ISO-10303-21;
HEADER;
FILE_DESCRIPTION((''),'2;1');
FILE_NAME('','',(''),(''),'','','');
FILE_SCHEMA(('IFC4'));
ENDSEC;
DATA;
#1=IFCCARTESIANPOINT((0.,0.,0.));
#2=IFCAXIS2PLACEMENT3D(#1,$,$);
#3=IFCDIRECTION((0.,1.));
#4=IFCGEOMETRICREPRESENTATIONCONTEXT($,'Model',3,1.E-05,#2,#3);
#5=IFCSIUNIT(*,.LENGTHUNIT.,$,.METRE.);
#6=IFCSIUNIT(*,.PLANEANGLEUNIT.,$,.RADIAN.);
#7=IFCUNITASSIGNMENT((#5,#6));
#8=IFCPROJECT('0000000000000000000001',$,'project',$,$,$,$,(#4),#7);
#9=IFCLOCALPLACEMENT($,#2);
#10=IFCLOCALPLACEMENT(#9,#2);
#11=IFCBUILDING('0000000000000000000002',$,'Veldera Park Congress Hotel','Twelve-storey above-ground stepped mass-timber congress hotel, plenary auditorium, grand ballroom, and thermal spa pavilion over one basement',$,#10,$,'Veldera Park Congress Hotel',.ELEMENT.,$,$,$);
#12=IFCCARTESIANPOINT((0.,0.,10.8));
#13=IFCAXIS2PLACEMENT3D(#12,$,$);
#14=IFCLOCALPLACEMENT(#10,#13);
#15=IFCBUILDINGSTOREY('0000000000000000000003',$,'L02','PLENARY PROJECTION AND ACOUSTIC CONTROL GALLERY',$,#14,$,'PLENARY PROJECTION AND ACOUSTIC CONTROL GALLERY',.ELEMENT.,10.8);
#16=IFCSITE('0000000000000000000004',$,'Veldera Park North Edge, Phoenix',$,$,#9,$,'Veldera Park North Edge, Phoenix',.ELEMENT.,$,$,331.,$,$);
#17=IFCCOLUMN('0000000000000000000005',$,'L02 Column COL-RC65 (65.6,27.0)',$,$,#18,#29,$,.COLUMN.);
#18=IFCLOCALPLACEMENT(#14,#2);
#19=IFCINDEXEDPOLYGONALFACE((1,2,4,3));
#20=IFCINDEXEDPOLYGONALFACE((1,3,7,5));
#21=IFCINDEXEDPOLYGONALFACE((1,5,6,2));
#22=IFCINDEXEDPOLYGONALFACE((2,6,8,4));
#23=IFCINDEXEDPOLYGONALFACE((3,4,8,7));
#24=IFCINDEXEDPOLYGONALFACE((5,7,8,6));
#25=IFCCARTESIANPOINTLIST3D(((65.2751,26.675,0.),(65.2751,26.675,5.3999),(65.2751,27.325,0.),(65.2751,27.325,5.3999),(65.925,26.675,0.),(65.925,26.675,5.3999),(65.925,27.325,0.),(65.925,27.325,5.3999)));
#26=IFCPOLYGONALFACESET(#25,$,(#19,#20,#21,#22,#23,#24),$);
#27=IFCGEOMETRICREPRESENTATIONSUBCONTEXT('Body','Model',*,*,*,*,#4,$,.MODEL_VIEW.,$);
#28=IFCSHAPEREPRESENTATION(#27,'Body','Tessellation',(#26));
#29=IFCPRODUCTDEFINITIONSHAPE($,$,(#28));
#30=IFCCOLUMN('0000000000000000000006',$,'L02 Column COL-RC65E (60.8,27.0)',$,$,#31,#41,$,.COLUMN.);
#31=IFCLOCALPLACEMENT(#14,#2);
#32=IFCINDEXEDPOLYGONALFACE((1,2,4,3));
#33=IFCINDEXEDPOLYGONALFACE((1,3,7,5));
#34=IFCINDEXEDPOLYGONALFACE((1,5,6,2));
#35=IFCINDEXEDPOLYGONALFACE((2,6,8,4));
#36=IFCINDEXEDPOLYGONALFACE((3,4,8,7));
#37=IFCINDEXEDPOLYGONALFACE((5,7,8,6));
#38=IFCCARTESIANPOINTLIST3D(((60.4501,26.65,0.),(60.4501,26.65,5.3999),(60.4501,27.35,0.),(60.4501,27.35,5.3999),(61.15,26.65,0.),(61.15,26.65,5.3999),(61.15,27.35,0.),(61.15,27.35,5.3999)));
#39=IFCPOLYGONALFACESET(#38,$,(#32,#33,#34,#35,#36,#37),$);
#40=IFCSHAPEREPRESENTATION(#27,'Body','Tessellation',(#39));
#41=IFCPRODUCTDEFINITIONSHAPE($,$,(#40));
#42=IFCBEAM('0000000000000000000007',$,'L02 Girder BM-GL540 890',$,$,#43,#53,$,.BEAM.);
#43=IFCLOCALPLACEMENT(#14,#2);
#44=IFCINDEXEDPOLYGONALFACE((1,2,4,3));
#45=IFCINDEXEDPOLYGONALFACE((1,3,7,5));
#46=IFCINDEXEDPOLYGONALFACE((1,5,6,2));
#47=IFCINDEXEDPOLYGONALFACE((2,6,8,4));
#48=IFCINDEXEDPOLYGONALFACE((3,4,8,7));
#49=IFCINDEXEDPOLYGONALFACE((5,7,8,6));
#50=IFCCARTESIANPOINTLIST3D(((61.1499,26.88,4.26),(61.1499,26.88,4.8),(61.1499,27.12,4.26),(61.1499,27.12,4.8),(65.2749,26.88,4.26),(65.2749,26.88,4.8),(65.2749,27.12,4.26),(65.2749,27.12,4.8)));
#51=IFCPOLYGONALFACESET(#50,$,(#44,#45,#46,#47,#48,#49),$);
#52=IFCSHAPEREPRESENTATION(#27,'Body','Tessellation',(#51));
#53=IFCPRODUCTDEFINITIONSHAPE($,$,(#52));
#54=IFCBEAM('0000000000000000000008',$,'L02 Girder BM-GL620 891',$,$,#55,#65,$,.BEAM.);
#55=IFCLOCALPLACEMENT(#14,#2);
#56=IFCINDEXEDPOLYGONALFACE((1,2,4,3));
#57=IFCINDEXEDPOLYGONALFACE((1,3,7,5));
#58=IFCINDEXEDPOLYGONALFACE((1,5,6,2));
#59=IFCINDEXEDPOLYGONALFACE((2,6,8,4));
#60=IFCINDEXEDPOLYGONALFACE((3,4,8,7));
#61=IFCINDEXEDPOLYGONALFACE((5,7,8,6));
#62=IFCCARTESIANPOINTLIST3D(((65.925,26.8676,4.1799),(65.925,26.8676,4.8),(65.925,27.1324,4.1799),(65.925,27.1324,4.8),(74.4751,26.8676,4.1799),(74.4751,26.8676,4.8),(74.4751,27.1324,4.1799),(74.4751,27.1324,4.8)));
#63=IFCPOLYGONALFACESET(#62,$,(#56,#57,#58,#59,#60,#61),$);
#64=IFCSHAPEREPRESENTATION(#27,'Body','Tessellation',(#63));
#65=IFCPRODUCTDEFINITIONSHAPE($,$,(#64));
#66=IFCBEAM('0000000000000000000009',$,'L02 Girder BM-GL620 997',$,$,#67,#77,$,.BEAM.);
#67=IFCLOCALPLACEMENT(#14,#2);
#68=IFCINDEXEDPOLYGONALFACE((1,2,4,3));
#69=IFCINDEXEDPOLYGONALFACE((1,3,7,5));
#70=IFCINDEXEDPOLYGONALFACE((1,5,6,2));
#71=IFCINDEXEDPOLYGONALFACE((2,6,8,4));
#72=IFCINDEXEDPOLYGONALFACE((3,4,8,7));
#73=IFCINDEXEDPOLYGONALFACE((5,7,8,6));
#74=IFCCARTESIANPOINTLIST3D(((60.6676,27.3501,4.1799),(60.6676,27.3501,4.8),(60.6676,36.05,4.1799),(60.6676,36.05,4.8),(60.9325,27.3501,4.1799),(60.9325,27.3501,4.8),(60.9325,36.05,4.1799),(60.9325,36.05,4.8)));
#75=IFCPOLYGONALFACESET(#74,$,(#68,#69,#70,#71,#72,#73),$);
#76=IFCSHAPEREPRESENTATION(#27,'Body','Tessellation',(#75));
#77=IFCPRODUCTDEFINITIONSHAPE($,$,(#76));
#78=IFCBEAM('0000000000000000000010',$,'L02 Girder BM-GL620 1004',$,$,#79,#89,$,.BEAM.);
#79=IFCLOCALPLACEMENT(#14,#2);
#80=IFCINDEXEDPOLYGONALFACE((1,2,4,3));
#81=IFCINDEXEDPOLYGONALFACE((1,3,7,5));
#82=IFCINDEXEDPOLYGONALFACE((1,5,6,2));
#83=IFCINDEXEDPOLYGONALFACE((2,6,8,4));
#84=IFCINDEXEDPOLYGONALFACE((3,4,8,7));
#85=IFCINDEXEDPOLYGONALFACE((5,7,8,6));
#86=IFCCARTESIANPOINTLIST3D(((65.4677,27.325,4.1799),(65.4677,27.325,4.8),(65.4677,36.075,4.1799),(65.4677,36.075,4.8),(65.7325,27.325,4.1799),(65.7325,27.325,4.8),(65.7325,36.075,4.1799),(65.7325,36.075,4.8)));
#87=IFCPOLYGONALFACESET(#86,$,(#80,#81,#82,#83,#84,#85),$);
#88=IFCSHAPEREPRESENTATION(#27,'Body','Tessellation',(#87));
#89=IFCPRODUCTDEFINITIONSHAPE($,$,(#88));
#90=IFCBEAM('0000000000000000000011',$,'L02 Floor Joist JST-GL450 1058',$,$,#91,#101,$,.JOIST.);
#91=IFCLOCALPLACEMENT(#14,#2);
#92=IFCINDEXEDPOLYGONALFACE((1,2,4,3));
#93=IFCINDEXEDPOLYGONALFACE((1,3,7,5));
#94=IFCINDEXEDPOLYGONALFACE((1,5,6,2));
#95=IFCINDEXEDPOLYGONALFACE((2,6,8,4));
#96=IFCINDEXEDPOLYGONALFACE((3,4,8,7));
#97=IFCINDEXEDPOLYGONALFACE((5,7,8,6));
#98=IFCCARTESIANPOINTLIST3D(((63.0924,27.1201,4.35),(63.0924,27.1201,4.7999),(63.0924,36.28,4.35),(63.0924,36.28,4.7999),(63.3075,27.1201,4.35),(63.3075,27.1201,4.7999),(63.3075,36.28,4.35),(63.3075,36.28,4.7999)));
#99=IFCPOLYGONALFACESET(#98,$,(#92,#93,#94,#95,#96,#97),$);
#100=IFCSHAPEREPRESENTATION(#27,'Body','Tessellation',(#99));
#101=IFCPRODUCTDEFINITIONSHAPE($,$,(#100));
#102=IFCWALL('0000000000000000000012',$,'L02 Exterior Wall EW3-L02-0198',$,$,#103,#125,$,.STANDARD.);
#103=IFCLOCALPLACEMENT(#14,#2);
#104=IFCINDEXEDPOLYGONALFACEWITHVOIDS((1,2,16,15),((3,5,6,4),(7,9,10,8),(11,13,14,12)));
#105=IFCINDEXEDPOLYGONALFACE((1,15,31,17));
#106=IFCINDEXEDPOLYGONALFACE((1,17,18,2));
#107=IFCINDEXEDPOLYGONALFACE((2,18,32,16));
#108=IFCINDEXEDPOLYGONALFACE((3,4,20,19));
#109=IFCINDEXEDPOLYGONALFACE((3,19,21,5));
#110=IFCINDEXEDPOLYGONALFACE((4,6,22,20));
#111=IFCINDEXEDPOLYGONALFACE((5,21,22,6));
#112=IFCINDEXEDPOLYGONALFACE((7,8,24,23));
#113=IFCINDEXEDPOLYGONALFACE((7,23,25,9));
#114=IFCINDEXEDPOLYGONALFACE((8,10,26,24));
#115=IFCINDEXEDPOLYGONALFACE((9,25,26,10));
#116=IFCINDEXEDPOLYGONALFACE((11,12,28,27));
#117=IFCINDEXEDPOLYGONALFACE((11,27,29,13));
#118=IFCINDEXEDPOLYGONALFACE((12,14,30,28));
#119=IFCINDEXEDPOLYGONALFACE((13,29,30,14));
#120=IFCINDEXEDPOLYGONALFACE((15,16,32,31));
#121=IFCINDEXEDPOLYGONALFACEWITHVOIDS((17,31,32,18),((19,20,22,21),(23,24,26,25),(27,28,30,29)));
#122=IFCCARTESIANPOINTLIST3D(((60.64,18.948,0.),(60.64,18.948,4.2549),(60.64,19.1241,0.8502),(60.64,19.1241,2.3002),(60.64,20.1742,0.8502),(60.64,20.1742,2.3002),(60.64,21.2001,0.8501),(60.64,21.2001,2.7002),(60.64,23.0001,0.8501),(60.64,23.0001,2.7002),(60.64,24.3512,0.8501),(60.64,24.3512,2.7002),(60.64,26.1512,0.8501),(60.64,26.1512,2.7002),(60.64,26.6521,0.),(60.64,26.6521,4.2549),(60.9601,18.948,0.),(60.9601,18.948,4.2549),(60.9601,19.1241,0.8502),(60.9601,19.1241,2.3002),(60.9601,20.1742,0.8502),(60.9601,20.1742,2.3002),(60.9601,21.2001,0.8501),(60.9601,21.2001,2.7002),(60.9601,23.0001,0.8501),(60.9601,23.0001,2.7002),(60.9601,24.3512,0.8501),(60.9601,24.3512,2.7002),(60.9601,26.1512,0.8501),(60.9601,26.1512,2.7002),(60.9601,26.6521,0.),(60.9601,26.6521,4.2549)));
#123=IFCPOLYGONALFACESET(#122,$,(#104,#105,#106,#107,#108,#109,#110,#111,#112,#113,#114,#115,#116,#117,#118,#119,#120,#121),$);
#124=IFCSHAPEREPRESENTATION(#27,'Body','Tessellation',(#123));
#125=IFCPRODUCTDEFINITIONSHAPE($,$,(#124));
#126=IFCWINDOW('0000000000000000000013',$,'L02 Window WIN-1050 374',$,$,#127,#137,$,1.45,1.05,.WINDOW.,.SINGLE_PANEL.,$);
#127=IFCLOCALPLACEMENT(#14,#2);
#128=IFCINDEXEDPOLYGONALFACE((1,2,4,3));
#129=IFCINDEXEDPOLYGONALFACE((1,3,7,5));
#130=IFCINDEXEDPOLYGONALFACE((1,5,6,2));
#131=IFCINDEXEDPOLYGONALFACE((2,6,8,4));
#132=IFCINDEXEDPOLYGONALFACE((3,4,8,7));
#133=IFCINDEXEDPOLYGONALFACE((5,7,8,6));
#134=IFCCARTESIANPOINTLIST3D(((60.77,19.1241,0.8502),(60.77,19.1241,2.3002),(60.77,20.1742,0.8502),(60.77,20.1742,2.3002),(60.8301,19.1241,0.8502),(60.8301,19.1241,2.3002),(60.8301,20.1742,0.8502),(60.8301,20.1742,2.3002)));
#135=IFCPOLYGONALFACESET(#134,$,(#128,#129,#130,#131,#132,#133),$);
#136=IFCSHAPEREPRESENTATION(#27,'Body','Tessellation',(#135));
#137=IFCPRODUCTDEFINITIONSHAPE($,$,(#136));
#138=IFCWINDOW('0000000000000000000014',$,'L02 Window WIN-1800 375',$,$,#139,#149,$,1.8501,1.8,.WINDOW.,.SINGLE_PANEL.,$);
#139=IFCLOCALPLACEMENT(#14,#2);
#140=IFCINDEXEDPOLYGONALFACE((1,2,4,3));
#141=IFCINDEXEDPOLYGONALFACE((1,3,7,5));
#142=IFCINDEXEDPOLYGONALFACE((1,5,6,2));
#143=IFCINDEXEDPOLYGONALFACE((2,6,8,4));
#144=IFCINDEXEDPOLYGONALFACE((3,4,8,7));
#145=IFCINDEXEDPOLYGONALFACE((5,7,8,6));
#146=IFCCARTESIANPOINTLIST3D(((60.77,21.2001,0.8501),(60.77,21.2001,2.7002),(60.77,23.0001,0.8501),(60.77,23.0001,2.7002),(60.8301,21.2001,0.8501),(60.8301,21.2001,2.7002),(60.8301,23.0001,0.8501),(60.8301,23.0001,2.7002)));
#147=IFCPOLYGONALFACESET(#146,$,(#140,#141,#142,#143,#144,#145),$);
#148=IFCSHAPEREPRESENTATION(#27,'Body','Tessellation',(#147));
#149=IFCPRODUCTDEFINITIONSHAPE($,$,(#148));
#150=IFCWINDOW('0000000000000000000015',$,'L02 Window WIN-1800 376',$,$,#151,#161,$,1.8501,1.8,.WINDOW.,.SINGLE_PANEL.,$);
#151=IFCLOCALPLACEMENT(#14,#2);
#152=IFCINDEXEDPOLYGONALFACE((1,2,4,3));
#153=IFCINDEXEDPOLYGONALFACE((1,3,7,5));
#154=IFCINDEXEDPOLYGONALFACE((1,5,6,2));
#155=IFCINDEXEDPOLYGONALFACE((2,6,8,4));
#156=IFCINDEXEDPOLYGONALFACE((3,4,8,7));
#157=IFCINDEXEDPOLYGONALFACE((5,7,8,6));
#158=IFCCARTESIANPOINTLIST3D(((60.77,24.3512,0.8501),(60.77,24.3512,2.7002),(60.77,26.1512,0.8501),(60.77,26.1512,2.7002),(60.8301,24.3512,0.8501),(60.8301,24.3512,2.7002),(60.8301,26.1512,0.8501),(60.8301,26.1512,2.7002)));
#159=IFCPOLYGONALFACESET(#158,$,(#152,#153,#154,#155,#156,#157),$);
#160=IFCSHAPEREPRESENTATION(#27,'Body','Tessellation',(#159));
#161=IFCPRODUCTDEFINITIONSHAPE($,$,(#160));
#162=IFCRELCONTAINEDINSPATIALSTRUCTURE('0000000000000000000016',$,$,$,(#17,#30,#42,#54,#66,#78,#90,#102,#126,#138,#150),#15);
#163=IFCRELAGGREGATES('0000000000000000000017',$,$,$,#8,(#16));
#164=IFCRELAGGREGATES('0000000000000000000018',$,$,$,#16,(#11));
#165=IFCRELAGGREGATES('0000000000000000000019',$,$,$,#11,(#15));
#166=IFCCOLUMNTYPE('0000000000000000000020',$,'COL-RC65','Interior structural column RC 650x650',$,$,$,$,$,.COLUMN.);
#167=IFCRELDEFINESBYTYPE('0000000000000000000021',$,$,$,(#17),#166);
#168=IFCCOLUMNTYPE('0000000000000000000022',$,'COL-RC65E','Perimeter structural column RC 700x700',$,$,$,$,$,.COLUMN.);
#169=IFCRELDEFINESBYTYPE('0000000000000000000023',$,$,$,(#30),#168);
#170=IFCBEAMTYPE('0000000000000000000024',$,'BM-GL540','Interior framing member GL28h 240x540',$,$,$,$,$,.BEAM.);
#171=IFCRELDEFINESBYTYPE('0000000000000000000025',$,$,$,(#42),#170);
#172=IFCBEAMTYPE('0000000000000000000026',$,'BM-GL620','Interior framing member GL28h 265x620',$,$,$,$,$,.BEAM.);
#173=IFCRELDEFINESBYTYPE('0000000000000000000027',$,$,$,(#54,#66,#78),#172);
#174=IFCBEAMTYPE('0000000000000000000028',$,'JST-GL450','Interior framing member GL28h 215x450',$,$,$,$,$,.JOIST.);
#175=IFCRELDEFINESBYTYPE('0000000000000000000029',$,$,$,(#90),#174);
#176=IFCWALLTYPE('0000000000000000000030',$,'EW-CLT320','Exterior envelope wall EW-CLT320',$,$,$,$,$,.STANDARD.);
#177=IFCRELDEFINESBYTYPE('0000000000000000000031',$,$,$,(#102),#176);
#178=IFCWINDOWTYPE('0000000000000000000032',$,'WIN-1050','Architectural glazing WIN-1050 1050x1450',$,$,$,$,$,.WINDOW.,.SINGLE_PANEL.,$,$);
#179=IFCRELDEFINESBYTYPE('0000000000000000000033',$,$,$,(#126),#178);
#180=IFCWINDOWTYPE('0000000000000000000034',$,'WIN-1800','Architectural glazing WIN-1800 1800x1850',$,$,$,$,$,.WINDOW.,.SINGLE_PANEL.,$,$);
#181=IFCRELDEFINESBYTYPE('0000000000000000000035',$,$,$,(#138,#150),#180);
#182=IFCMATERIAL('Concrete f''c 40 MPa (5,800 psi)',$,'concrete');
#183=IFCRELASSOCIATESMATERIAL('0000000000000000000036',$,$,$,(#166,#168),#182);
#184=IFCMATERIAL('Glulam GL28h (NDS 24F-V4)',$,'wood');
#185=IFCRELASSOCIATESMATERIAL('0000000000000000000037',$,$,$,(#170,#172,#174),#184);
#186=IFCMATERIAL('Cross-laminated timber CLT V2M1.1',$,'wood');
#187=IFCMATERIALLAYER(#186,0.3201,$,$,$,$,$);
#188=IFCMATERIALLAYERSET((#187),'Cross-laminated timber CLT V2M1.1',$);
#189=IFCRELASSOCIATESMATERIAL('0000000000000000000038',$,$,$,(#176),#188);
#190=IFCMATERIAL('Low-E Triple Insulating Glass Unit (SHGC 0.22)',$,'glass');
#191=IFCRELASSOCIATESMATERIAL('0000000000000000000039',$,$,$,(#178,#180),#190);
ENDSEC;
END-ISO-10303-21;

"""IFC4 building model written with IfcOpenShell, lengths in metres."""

from ifc_helpers import new_model, si_unit, direction, frame, frame_2d, origin, origin_2d, place, context, subcontext, project, spatial, rectangle, extrude, material, layer, layer_set, material_profile, profile_set, type_object, element, fill, save


model = new_model("IFC4")

# Units and contexts
model_context = context("Model", 3, precision=1e-05, world=origin(), true_north=direction((0.0, 1.0)))
body_context = subcontext(model_context, "Body", "Model", "MODEL_VIEW")
ifc_project = project(units=[si_unit("LENGTHUNIT", "METRE"), si_unit("PLANEANGLEUNIT", "RADIAN")], contexts=[model_context])

# Site, building, storey
site_placement = place(None, origin())
site = spatial("IfcSite", under=ifc_project, at=site_placement, Name="Veldera Park North Edge, Phoenix", LongName="Veldera Park North Edge, Phoenix", CompositionType="ELEMENT", RefElevation=331.0)
building_placement = place(site_placement, origin())
building = spatial("IfcBuilding", under=site, at=building_placement, Name="Veldera Park Congress Hotel", Description="Twelve-storey above-ground stepped mass-timber congress hotel, plenary auditorium, grand ballroom, and thermal spa pavilion over one basement", LongName="Veldera Park Congress Hotel", CompositionType="ELEMENT")
storey_placement = place(building_placement, frame((0.0, 0.0, 10.8)))
storey = spatial("IfcBuildingStorey", under=building, at=storey_placement, Name="L02", Description="PLENARY PROJECTION AND ACOUSTIC CONTROL GALLERY", LongName="PLENARY PROJECTION AND ACOUSTIC CONTROL GALLERY", CompositionType="ELEMENT", Elevation=10.8)

# Columns
ifc_material_1 = material(Name="Concrete f'c 40 MPa (5,800 psi)", Category="concrete")
ifc_material_profile_1 = material_profile(ifc_material_1, rectangle(XDim=0.6499, YDim=0.6499, at=origin_2d()), Name="RC 650x650")
ifc_profile_set_1 = profile_set([ifc_material_profile_1], Name="Concrete f'c 40 MPa (5,800 psi)")
column_type_1 = type_object("IfcColumnType", Name="COL-RC65", Description="Interior structural column RC 650x650", PredefinedType="COLUMN", material=ifc_profile_set_1)
column_1_placement = place(storey_placement, frame((65.6001, 27.0, 0.0), z_axis=(0.0, 0.0, 1.0), x_axis=(1.0, 0.0, 0.0)))
element("IfcColumn", 1, at=column_1_placement, inside=storey, type_object=column_type_1, Name="L02 Column COL-RC65 (65.6,27.0)", PredefinedType="COLUMN", context=body_context, shape_type="SweptSolid", body=[
    extrude(rectangle(XDim=0.6499, YDim=0.6499, at=origin_2d()), origin(), (0.0, 0.0, 1.0), 5.3999),
])
ifc_material_profile_2 = material_profile(ifc_material_1, rectangle(XDim=0.7, YDim=0.7, at=origin_2d()), Name="RC 700x700")
ifc_profile_set_2 = profile_set([ifc_material_profile_2], Name="Concrete f'c 40 MPa (5,800 psi)")
column_type_2 = type_object("IfcColumnType", Name="COL-RC65E", Description="Perimeter structural column RC 700x700", PredefinedType="COLUMN", material=ifc_profile_set_2)
column_2_placement = place(storey_placement, frame((60.8, 27.0, 0.0), z_axis=(0.0, 0.0, 1.0), x_axis=(1.0, 0.0, 0.0)))
element("IfcColumn", 2, at=column_2_placement, inside=storey, type_object=column_type_2, Name="L02 Column COL-RC65E (60.8,27.0)", PredefinedType="COLUMN", context=body_context, shape_type="SweptSolid", body=[
    extrude(rectangle(XDim=0.7, YDim=0.7, at=origin_2d()), origin(), (0.0, 0.0, 1.0), 5.3999),
])

# Beams
ifc_material_2 = material(Name="Glulam GL28h (NDS 24F-V4)", Category="wood")
ifc_material_profile_3 = material_profile(ifc_material_2, rectangle(XDim=0.24, YDim=0.54, at=origin_2d()), Name="GL28h 240x540")
ifc_profile_set_3 = profile_set([ifc_material_profile_3], Name="Glulam GL28h (NDS 24F-V4)")
beam_type_1 = type_object("IfcBeamType", Name="BM-GL540", Description="Interior framing member GL28h 240x540", PredefinedType="BEAM", material=ifc_profile_set_3)
beam_1_placement = place(storey_placement, frame((61.1499, 27.0, 4.53), z_axis=(1.0, 0.0, 0.0), x_axis=(0.0, 1.0, 0.0)))
element("IfcBeam", 3, at=beam_1_placement, inside=storey, type_object=beam_type_1, Name="L02 Girder BM-GL540 890", PredefinedType="BEAM", context=body_context, shape_type="SweptSolid", body=[
    extrude(rectangle(XDim=0.24, YDim=0.54, at=origin_2d()), origin(), (0.0, 0.0, 1.0), 4.125),
])
ifc_material_profile_4 = material_profile(ifc_material_2, rectangle(XDim=0.2649, YDim=0.6201, at=origin_2d()), Name="GL28h 265x620")
ifc_profile_set_4 = profile_set([ifc_material_profile_4], Name="Glulam GL28h (NDS 24F-V4)")
beam_type_2 = type_object("IfcBeamType", Name="BM-GL620", Description="Interior framing member GL28h 265x620", PredefinedType="BEAM", material=ifc_profile_set_4)
beam_2_placement = place(storey_placement, frame((65.925, 27.0, 4.49), z_axis=(1.0, 0.0, 0.0), x_axis=(0.0, 1.0, 0.0)))
element("IfcBeam", 4, at=beam_2_placement, inside=storey, type_object=beam_type_2, Name="L02 Girder BM-GL620 891", PredefinedType="BEAM", context=body_context, shape_type="SweptSolid", body=[
    extrude(rectangle(XDim=0.2649, YDim=0.6201, at=origin_2d()), origin(), (0.0, 0.0, 1.0), 8.55),
])
beam_3_placement = place(storey_placement, frame((60.8, 27.3501, 4.49), z_axis=(0.0, 1.0, 0.0), x_axis=(-1.0, 0.0, 0.0)))
element("IfcBeam", 5, at=beam_3_placement, inside=storey, type_object=beam_type_2, Name="L02 Girder BM-GL620 997", PredefinedType="BEAM", context=body_context, shape_type="SweptSolid", body=[
    extrude(rectangle(XDim=0.2649, YDim=0.6201, at=origin_2d()), origin(), (0.0, 0.0, 1.0), 8.7),
])
beam_4_placement = place(storey_placement, frame((65.6001, 27.325, 4.49), z_axis=(0.0, 1.0, 0.0), x_axis=(-1.0, 0.0, 0.0)))
element("IfcBeam", 6, at=beam_4_placement, inside=storey, type_object=beam_type_2, Name="L02 Girder BM-GL620 1004", PredefinedType="BEAM", context=body_context, shape_type="SweptSolid", body=[
    extrude(rectangle(XDim=0.2649, YDim=0.6201, at=origin_2d()), origin(), (0.0, 0.0, 1.0), 8.75),
])
ifc_material_profile_5 = material_profile(ifc_material_2, rectangle(XDim=0.2151, YDim=0.45, at=origin_2d()), Name="GL28h 215x450")
ifc_profile_set_5 = profile_set([ifc_material_profile_5], Name="Glulam GL28h (NDS 24F-V4)")
beam_type_3 = type_object("IfcBeamType", Name="JST-GL450", Description="Interior framing member GL28h 215x450", PredefinedType="JOIST", material=ifc_profile_set_5)
beam_5_placement = place(storey_placement, frame((63.2, 27.1201, 4.575), z_axis=(0.0, 1.0, 0.0), x_axis=(-1.0, 0.0, 0.0)))
element("IfcBeam", 7, at=beam_5_placement, inside=storey, type_object=beam_type_3, Name="L02 Floor Joist JST-GL450 1058", PredefinedType="JOIST", context=body_context, shape_type="SweptSolid", body=[
    extrude(rectangle(XDim=0.2151, YDim=0.45, at=origin_2d()), origin(), (0.0, 0.0, 1.0), 9.1599),
])

# Wall, openings, windows
ifc_material_3 = material(Name="Cross-laminated timber CLT V2M1.1", Category="wood")
ifc_layer_1 = layer(ifc_material_3, 0.3201)
ifc_layer_set_1 = layer_set([ifc_layer_1], Name="Cross-laminated timber CLT V2M1.1")
wall_type_1 = type_object("IfcWallType", Name="EW-CLT320", Description="Exterior envelope wall EW-CLT320", PredefinedType="STANDARD", material=ifc_layer_set_1)
wall_1_placement = place(storey_placement, frame((60.8, 26.6521, 0.0), z_axis=(0.0, 0.0, 1.0), x_axis=(0.0, -1.0, 0.0)))
wall_1 = element("IfcWall", 8, at=wall_1_placement, inside=storey, type_object=wall_type_1, Name="L02 Exterior Wall EW3-L02-0198", PredefinedType="STANDARD", context=body_context, shape_type="SweptSolid", body=[
    extrude(rectangle(XDim=7.7041, YDim=0.3201, at=frame_2d((3.8521, 0.0))), origin(), (0.0, 0.0, 1.0), 4.2549),
])
opening_1_placement = place(wall_1_placement, frame((6.478, 0.0, 0.8501)))
opening_1 = element("IfcOpeningElement", 9, at=opening_1_placement, cuts=wall_1, PredefinedType="OPENING", context=body_context, shape_type="SweptSolid", body=[
    extrude(rectangle(XDim=1.05, YDim=1.45, at=frame_2d((0.5249, 0.7251))), frame((0.0, 0.1721, 0.0), z_axis=(0.0, -1.0, 0.0), x_axis=(1.0, 0.0, 0.0)), (0.0, 0.0, 1.0), 0.344),
])
opening_2_placement = place(wall_1_placement, frame((3.6521, 0.0, 0.8501)))
opening_2 = element("IfcOpeningElement", 10, at=opening_2_placement, cuts=wall_1, PredefinedType="OPENING", context=body_context, shape_type="SweptSolid", body=[
    extrude(rectangle(XDim=1.8, YDim=1.8501, at=frame_2d((0.8999, 0.925))), frame((0.0, 0.1721, 0.0), z_axis=(0.0, -1.0, 0.0), x_axis=(1.0, 0.0, 0.0)), (0.0, 0.0, 1.0), 0.344),
])
opening_3_placement = place(wall_1_placement, frame((0.501, 0.0, 0.8501)))
opening_3 = element("IfcOpeningElement", 11, at=opening_3_placement, cuts=wall_1, PredefinedType="OPENING", context=body_context, shape_type="SweptSolid", body=[
    extrude(rectangle(XDim=1.8, YDim=1.8501, at=frame_2d((0.8999, 0.925))), frame((0.0, 0.1721, 0.0), z_axis=(0.0, -1.0, 0.0), x_axis=(1.0, 0.0, 0.0)), (0.0, 0.0, 1.0), 0.344),
])
ifc_material_4 = material(Name="Low-E Triple Insulating Glass Unit (SHGC 0.22)", Category="glass")
window_type_1 = type_object("IfcWindowType", Name="WIN-1050", Description="Architectural glazing WIN-1050 1050x1450", PartitioningType="SINGLE_PANEL", PredefinedType="WINDOW", material=ifc_material_4)
window_1_placement = place(opening_1_placement, origin())
window_1 = element("IfcWindow", 12, at=window_1_placement, inside=storey, type_object=window_type_1, Name="L02 Window WIN-1050 374", OverallHeight=1.45, OverallWidth=1.05, PartitioningType="SINGLE_PANEL", PredefinedType="WINDOW", context=body_context, shape_type="SweptSolid", body=[
    extrude(rectangle(XDim=1.05, YDim=1.45, at=frame_2d((0.5249, 0.7251))), frame((0.0, 0.03, 0.0), z_axis=(0.0, -1.0, 0.0), x_axis=(1.0, 0.0, 0.0)), (0.0, 0.0, 1.0), 0.0601),
])
fill(opening_1, window_1)
window_type_2 = type_object("IfcWindowType", Name="WIN-1800", Description="Architectural glazing WIN-1800 1800x1850", PartitioningType="SINGLE_PANEL", PredefinedType="WINDOW", material=ifc_material_4)
window_2_placement = place(opening_2_placement, origin())
window_2 = element("IfcWindow", 13, at=window_2_placement, inside=storey, type_object=window_type_2, Name="L02 Window WIN-1800 375", OverallHeight=1.8501, OverallWidth=1.8, PartitioningType="SINGLE_PANEL", PredefinedType="WINDOW", context=body_context, shape_type="SweptSolid", body=[
    extrude(rectangle(XDim=1.8, YDim=1.8501, at=frame_2d((0.8999, 0.925))), frame((0.0, 0.03, 0.0), z_axis=(0.0, -1.0, 0.0), x_axis=(1.0, 0.0, 0.0)), (0.0, 0.0, 1.0), 0.0601),
])
fill(opening_2, window_2)
window_3_placement = place(opening_3_placement, origin())
window_3 = element("IfcWindow", 14, at=window_3_placement, inside=storey, type_object=window_type_2, Name="L02 Window WIN-1800 376", OverallHeight=1.8501, OverallWidth=1.8, PartitioningType="SINGLE_PANEL", PredefinedType="WINDOW", context=body_context, shape_type="SweptSolid", body=[
    extrude(rectangle(XDim=1.8, YDim=1.8501, at=frame_2d((0.8999, 0.925))), frame((0.0, 0.03, 0.0), z_axis=(0.0, -1.0, 0.0), x_axis=(1.0, 0.0, 0.0)), (0.0, 0.0, 1.0), 0.0601),
])
fill(opening_3, window_3)

save(model, "model.ifc")
